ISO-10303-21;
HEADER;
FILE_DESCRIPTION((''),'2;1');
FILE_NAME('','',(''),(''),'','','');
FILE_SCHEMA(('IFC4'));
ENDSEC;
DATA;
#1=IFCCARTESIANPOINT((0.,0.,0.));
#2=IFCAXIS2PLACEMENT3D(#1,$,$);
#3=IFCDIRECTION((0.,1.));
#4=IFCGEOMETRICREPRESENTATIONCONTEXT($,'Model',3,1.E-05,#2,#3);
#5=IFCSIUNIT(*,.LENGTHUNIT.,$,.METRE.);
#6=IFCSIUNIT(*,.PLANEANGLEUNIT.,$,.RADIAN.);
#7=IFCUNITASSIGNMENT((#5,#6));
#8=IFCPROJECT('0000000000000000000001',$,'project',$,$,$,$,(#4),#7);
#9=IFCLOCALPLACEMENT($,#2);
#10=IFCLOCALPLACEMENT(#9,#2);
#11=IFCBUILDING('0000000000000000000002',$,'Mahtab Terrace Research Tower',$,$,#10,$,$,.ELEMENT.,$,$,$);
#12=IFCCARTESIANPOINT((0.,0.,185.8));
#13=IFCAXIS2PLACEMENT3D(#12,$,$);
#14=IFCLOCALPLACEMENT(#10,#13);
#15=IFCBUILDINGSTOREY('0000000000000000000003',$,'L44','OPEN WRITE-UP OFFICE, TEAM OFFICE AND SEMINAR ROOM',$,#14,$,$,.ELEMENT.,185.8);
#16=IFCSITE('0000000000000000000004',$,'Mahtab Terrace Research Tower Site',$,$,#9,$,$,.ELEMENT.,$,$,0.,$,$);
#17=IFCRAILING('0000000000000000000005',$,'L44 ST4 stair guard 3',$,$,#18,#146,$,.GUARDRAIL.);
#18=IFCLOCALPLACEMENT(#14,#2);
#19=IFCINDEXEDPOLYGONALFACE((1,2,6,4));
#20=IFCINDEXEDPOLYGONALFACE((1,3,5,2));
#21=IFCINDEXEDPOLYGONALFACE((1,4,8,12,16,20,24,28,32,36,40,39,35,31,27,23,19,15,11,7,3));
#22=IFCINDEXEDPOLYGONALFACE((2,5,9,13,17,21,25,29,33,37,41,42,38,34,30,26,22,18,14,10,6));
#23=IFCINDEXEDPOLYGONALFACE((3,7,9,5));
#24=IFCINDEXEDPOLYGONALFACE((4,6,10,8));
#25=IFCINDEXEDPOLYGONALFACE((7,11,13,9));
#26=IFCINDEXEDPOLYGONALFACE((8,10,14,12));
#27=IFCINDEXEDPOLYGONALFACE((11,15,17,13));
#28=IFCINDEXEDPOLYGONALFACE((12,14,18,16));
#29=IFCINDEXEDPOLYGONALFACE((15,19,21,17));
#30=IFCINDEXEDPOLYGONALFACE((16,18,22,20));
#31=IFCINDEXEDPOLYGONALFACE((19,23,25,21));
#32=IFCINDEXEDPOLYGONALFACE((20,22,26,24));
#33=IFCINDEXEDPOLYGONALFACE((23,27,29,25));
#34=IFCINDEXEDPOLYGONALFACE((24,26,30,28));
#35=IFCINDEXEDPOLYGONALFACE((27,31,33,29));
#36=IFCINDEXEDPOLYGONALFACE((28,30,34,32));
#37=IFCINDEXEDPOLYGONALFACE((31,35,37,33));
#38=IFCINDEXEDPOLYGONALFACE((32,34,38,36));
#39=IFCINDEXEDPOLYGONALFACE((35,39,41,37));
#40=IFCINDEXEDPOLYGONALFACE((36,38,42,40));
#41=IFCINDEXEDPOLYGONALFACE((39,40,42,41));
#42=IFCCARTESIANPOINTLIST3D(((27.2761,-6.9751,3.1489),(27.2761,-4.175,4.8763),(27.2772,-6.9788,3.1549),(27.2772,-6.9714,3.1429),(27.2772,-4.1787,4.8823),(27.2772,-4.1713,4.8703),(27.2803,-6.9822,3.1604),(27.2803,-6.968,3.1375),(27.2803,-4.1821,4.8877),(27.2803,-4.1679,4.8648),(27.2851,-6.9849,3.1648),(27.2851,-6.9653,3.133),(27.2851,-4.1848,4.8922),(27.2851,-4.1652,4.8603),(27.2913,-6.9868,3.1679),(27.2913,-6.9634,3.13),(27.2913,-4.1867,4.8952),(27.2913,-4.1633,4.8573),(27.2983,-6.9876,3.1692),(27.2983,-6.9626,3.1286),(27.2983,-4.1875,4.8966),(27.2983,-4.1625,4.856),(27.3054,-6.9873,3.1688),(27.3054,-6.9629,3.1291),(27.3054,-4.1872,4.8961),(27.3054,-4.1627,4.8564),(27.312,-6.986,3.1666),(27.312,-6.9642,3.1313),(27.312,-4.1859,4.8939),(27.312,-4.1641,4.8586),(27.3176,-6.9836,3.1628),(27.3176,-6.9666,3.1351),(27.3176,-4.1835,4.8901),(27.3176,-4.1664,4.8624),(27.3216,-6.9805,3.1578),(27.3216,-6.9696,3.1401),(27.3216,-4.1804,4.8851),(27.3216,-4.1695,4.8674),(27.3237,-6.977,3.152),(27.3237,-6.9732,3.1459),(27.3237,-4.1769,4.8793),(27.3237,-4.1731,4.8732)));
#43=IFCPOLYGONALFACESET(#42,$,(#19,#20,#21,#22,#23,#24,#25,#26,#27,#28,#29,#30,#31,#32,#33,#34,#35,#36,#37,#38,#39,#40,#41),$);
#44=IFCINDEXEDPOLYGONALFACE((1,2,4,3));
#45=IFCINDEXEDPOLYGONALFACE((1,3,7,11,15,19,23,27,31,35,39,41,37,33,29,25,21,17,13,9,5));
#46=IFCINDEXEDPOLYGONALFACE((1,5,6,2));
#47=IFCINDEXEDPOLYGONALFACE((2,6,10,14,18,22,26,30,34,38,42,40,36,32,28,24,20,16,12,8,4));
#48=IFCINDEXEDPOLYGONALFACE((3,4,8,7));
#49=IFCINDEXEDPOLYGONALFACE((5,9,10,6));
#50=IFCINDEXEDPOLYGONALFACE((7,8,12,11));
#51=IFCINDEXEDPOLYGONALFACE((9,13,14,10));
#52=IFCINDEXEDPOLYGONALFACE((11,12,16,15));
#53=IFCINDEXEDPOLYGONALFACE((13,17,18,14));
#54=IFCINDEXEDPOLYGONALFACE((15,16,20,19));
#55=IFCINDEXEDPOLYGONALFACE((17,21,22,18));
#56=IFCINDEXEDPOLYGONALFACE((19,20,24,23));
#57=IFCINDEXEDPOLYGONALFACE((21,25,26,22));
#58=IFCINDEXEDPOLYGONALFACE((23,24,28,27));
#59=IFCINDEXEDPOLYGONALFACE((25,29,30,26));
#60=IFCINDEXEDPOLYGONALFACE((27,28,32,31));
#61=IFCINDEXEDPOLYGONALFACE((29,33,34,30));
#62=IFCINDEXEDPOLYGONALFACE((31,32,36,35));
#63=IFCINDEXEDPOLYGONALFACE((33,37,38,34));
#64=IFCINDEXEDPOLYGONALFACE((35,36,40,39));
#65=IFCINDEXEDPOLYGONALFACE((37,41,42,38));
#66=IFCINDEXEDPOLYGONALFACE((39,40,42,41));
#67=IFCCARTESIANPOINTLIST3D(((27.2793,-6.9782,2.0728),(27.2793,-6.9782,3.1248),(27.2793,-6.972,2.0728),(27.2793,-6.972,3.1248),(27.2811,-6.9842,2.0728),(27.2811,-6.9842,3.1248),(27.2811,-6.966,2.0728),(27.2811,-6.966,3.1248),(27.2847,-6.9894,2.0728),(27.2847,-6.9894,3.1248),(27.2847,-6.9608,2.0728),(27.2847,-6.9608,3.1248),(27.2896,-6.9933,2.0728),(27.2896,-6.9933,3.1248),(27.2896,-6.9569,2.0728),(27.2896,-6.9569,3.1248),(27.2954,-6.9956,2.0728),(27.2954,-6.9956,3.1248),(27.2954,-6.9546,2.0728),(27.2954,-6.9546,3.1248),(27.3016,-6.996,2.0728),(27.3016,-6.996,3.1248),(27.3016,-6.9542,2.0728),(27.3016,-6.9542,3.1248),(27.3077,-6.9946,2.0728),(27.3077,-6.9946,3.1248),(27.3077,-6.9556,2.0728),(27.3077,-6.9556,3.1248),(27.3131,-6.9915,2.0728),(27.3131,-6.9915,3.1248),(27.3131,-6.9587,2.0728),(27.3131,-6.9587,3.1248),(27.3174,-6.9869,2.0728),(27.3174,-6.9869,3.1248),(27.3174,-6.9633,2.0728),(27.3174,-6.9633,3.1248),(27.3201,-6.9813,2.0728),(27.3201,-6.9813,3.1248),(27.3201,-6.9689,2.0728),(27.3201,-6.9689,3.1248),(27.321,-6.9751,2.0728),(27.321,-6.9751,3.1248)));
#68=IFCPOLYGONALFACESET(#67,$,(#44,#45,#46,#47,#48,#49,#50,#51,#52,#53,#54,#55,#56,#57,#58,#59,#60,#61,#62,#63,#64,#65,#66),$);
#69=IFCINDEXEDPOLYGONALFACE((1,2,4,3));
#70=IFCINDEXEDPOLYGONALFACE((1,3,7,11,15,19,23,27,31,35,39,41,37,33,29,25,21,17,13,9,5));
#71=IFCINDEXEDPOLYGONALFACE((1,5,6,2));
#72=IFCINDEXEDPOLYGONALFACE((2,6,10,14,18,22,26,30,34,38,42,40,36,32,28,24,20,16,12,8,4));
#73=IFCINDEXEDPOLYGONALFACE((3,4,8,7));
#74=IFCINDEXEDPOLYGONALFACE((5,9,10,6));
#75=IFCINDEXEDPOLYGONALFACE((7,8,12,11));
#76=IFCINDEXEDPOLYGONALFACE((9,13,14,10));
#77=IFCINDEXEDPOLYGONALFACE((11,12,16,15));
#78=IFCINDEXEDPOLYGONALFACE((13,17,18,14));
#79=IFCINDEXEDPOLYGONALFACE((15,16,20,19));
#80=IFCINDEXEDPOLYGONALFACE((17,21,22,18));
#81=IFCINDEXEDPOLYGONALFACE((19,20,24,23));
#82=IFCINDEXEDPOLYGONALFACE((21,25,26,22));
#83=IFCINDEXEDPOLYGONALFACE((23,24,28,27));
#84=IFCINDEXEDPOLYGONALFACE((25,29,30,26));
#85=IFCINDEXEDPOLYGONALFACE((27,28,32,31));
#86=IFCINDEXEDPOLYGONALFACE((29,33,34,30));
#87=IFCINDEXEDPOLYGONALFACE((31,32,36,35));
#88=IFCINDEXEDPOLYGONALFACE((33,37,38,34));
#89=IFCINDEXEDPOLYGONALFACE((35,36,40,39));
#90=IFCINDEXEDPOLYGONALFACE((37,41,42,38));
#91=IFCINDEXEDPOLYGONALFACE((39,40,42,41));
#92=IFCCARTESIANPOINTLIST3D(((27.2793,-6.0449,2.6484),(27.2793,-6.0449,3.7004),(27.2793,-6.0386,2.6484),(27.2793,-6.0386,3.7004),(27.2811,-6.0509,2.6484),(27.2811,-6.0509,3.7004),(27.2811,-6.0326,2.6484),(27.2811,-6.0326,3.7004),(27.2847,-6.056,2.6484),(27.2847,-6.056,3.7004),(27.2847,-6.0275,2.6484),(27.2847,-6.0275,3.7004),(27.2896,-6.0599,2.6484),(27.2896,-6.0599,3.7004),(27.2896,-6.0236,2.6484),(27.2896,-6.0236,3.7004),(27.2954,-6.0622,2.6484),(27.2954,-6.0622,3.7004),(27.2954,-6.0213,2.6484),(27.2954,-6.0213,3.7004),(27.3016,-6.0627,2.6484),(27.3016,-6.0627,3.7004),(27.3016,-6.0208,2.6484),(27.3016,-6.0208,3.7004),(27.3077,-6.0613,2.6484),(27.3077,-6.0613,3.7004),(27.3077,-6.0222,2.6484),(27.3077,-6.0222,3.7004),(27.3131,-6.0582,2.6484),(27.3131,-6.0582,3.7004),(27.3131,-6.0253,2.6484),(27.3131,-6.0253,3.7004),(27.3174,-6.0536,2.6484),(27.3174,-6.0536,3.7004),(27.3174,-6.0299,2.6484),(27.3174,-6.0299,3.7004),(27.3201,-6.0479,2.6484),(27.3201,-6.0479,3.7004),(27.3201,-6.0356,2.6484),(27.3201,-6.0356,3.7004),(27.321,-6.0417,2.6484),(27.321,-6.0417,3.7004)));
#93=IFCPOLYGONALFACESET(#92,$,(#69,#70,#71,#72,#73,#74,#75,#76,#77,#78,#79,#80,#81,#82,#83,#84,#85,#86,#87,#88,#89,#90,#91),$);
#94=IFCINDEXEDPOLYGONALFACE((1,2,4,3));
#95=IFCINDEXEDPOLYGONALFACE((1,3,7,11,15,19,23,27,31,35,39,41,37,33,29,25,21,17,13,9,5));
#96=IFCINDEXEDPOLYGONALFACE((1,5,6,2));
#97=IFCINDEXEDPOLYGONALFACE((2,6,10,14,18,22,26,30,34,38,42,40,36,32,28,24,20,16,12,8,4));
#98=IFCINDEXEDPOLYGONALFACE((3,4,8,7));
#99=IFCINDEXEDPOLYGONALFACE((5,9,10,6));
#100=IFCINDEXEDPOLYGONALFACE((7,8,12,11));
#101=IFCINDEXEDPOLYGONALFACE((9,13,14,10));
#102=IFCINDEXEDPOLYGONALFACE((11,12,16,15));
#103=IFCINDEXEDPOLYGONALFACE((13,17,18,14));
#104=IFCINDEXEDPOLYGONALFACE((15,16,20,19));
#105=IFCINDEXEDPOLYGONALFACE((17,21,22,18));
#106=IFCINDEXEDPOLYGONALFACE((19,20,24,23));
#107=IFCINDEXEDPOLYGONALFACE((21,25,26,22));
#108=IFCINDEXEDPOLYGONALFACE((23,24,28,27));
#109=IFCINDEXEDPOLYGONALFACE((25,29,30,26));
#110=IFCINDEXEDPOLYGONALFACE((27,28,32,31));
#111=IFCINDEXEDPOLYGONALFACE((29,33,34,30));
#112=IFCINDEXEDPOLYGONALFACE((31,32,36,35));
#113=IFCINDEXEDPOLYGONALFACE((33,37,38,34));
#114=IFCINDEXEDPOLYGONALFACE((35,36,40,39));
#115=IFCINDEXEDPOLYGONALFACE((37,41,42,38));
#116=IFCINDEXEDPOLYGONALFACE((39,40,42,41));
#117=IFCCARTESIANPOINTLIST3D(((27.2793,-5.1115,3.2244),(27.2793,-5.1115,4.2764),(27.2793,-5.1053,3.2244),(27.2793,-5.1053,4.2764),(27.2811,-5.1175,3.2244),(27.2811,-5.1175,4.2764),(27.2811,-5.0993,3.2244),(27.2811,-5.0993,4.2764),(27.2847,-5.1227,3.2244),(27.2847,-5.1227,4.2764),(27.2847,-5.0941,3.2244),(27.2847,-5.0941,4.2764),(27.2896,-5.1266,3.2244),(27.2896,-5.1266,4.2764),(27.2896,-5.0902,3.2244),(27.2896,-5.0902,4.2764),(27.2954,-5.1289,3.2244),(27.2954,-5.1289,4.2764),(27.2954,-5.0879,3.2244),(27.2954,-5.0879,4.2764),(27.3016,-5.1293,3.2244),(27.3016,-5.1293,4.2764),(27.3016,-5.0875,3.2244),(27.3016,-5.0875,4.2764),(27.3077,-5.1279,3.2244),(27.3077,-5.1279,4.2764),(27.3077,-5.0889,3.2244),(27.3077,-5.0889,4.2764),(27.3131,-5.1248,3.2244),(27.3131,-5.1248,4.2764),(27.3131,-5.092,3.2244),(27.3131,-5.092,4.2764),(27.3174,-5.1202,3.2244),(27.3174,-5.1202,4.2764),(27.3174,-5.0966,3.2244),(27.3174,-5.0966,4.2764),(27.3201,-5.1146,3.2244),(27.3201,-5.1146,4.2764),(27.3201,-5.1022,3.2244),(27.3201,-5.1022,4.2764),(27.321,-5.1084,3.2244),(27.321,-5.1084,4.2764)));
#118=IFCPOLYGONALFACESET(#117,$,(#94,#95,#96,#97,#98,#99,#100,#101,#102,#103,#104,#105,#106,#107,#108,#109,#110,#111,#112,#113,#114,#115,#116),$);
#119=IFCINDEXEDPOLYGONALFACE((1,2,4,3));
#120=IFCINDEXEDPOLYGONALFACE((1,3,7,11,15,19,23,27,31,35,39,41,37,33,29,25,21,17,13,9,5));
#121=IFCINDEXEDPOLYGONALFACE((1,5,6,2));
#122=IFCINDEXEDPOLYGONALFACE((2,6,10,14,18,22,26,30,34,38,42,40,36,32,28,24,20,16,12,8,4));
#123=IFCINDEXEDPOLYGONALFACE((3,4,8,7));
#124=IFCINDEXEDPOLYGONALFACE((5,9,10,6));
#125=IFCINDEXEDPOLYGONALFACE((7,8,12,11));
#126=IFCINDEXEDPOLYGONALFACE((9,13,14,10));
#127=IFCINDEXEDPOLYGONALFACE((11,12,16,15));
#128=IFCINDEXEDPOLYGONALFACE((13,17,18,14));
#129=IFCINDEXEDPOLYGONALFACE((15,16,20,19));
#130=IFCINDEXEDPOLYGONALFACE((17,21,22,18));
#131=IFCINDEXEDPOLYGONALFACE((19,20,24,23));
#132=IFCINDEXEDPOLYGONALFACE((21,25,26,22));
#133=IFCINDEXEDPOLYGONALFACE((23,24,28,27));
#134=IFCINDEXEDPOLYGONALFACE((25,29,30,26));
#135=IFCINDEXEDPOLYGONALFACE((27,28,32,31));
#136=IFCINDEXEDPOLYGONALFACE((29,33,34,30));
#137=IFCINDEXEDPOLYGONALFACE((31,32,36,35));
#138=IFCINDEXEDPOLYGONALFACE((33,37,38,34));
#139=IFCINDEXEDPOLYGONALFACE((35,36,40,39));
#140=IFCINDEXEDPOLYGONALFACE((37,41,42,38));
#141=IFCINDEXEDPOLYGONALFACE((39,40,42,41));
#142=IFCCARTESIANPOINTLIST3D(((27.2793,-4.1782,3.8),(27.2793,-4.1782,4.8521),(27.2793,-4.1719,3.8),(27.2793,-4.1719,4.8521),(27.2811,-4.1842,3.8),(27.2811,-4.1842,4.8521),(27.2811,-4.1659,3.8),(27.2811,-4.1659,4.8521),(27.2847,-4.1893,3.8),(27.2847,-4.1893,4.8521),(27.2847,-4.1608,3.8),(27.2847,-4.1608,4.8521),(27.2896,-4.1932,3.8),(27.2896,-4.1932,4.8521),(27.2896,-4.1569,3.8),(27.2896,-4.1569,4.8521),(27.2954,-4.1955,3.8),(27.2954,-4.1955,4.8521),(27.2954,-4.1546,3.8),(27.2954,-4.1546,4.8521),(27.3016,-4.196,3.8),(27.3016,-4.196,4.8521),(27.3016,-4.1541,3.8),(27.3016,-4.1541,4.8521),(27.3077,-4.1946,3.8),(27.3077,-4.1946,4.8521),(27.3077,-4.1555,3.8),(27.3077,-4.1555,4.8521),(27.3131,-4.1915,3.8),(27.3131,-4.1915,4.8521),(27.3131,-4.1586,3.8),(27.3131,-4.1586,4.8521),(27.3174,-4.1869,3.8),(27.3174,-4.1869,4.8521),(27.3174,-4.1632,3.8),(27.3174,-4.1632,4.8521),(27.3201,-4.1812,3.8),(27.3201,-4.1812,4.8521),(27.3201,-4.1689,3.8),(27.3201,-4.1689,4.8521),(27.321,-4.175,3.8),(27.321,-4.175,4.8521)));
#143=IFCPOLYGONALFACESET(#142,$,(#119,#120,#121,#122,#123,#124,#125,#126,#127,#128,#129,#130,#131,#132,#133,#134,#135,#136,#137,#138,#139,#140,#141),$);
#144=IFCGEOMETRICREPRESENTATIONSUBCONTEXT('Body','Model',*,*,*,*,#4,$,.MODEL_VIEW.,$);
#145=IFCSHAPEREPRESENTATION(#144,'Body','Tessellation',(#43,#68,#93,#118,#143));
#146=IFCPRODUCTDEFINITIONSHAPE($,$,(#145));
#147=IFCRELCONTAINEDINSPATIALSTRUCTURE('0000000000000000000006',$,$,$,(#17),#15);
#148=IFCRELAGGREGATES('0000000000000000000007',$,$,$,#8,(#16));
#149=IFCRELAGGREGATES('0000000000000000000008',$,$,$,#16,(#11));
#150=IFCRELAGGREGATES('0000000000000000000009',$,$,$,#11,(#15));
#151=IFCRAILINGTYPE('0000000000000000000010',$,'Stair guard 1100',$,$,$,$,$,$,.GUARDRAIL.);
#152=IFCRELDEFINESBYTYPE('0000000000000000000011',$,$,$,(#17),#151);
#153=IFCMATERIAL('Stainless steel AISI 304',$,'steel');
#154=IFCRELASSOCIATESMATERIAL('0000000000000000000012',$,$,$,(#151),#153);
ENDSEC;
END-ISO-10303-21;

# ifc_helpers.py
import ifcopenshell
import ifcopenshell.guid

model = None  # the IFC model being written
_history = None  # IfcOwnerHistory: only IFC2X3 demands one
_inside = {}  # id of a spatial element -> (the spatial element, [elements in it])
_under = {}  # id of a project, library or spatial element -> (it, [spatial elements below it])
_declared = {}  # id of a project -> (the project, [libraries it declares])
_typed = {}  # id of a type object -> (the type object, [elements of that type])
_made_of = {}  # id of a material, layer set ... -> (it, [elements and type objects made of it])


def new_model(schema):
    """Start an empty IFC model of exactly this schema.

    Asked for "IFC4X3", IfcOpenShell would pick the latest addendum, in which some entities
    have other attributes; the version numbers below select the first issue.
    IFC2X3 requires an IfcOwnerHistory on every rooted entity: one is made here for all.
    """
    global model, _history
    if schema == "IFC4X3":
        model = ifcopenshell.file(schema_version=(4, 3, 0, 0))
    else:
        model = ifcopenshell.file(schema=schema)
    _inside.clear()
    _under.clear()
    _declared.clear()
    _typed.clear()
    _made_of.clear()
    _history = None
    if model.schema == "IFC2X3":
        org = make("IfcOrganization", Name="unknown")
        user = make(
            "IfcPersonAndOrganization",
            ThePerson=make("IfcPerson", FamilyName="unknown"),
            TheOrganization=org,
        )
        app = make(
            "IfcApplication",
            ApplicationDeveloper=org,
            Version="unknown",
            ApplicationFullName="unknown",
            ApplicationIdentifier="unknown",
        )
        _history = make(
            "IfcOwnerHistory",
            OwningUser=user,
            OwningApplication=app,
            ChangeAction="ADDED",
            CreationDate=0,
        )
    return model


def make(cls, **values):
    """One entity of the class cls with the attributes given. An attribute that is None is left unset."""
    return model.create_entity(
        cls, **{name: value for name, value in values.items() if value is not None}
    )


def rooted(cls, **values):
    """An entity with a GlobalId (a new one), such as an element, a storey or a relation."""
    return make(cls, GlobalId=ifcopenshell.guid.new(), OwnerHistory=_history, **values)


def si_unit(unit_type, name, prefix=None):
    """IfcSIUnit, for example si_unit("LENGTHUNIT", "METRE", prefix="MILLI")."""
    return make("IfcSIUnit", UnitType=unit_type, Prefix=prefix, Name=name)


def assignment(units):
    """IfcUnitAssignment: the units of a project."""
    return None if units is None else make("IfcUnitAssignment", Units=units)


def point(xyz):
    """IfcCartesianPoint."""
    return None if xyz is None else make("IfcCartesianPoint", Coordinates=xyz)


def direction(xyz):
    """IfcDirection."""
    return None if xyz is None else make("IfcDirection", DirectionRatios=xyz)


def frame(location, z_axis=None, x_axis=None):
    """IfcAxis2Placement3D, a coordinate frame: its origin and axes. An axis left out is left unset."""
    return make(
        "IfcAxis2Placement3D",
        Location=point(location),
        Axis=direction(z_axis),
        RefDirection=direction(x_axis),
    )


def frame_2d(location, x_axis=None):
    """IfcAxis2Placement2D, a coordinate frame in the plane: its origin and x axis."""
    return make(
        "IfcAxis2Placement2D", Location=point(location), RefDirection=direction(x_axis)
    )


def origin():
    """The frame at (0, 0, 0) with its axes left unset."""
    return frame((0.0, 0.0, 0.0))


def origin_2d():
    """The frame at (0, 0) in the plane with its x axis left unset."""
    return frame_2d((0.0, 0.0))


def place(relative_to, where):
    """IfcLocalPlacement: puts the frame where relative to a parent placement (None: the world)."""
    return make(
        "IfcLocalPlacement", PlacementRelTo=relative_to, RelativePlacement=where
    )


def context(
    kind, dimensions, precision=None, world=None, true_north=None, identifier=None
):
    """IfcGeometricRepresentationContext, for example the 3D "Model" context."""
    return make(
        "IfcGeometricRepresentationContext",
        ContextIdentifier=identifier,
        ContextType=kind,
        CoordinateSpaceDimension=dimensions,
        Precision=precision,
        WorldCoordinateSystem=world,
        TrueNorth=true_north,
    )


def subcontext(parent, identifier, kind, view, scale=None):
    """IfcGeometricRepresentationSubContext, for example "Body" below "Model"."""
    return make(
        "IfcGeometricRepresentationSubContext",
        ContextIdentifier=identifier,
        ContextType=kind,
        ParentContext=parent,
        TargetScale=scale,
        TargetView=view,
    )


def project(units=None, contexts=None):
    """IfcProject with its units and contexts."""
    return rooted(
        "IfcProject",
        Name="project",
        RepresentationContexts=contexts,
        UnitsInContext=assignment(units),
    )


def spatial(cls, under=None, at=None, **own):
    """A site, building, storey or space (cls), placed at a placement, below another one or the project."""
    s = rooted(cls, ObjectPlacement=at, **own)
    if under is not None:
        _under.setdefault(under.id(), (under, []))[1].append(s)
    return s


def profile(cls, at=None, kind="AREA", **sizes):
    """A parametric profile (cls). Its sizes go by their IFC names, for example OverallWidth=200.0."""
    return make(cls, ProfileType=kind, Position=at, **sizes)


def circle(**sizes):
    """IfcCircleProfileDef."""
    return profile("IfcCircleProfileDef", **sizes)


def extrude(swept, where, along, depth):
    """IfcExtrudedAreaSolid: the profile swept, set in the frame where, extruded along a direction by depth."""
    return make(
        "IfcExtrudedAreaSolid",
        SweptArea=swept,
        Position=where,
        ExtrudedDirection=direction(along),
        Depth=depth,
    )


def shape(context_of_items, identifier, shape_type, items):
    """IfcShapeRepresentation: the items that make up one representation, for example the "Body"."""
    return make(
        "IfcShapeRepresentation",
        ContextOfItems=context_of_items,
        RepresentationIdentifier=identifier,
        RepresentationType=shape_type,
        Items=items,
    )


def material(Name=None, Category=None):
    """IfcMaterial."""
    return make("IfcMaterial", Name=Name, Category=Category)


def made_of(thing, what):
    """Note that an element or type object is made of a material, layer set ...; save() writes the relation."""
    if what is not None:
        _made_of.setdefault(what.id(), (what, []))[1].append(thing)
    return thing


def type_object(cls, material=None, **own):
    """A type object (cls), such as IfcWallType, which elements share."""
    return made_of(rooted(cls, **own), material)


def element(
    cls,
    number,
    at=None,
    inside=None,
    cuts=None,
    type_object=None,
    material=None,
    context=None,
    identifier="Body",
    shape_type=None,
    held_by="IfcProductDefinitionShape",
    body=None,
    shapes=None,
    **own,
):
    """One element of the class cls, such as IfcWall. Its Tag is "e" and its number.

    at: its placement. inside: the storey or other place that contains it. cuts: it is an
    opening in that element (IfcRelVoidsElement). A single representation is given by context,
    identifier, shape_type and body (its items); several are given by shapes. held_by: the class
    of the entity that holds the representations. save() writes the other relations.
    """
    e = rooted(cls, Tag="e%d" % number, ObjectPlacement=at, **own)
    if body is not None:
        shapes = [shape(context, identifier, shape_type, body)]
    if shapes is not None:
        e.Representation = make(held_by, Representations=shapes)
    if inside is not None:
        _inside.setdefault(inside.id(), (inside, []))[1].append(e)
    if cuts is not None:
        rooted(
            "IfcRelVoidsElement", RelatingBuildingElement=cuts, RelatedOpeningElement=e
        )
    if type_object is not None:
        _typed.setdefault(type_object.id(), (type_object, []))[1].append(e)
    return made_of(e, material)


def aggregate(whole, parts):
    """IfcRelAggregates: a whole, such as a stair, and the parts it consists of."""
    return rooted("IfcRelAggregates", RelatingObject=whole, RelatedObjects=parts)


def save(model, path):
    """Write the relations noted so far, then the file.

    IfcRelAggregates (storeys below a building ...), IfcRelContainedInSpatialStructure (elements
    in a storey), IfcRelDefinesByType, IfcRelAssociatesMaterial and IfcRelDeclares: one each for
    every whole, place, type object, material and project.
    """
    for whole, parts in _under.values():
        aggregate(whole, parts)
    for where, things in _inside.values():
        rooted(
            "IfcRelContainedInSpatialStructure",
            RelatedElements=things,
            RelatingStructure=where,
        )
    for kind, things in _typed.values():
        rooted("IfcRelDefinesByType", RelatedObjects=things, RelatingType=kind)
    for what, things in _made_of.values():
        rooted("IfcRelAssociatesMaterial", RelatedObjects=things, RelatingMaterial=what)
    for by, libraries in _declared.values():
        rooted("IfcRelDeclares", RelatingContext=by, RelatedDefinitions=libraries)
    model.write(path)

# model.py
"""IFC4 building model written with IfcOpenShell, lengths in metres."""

from ifc_helpers import new_model, si_unit, direction, frame, origin, origin_2d, place, context, subcontext, project, spatial, circle, extrude, material, type_object, element, save


model = new_model("IFC4")

# Units and contexts
model_context = context("Model", 3, precision=1e-05, world=origin(), true_north=direction((0.0, 1.0)))
body_context = subcontext(model_context, "Body", "Model", "MODEL_VIEW")
ifc_project = project(units=[si_unit("LENGTHUNIT", "METRE"), si_unit("PLANEANGLEUNIT", "RADIAN")], contexts=[model_context])

# Site, building, storey
site_placement = place(None, origin())
site = spatial("IfcSite", under=ifc_project, at=site_placement, Name="Mahtab Terrace Research Tower Site", CompositionType="ELEMENT", RefElevation=0.0)
building_placement = place(site_placement, origin())
building = spatial("IfcBuilding", under=site, at=building_placement, Name="Mahtab Terrace Research Tower", CompositionType="ELEMENT")
storey_placement = place(building_placement, frame((0.0, 0.0, 185.8)))
storey = spatial("IfcBuildingStorey", under=building, at=storey_placement, Name="L44", Description="OPEN WRITE-UP OFFICE, TEAM OFFICE AND SEMINAR ROOM", CompositionType="ELEMENT", Elevation=185.8)

# Railing
ifc_material_1 = material(Name="Stainless steel AISI 304", Category="steel")
railing_type_1 = type_object("IfcRailingType", Name="Stair guard 1100", PredefinedType="GUARDRAIL", material=ifc_material_1)
railing_1_placement = place(storey_placement, frame((27.3, -6.9751, 2.0728)))
element("IfcRailing", 1, at=railing_1_placement, inside=storey, type_object=railing_type_1, Name="L44 ST4 stair guard 3", PredefinedType="GUARDRAIL", context=body_context, shape_type="SweptSolid", body=[
    extrude(circle(Radius=0.0239, at=origin_2d()), frame((0.0, 0.0, 1.0762), z_axis=(0.0, 0.85109, 0.52502), x_axis=(-1.0, 0.0, 0.0)), (0.0, 0.0, 1.0), 3.29),
    extrude(circle(Radius=0.021, at=origin_2d()), origin(), (0.0, 0.0, 1.0), 1.052),
    extrude(circle(Radius=0.021, at=origin_2d()), frame((0.0, 0.9333, 0.5757)), (0.0, 0.0, 1.0), 1.052),
    extrude(circle(Radius=0.021, at=origin_2d()), frame((0.0, 1.8667, 1.1516)), (0.0, 0.0, 1.0), 1.052),
    extrude(circle(Radius=0.021, at=origin_2d()), frame((0.0, 2.8, 1.7273)), (0.0, 0.0, 1.0), 1.052),
])

save(model, "model.ifc")
